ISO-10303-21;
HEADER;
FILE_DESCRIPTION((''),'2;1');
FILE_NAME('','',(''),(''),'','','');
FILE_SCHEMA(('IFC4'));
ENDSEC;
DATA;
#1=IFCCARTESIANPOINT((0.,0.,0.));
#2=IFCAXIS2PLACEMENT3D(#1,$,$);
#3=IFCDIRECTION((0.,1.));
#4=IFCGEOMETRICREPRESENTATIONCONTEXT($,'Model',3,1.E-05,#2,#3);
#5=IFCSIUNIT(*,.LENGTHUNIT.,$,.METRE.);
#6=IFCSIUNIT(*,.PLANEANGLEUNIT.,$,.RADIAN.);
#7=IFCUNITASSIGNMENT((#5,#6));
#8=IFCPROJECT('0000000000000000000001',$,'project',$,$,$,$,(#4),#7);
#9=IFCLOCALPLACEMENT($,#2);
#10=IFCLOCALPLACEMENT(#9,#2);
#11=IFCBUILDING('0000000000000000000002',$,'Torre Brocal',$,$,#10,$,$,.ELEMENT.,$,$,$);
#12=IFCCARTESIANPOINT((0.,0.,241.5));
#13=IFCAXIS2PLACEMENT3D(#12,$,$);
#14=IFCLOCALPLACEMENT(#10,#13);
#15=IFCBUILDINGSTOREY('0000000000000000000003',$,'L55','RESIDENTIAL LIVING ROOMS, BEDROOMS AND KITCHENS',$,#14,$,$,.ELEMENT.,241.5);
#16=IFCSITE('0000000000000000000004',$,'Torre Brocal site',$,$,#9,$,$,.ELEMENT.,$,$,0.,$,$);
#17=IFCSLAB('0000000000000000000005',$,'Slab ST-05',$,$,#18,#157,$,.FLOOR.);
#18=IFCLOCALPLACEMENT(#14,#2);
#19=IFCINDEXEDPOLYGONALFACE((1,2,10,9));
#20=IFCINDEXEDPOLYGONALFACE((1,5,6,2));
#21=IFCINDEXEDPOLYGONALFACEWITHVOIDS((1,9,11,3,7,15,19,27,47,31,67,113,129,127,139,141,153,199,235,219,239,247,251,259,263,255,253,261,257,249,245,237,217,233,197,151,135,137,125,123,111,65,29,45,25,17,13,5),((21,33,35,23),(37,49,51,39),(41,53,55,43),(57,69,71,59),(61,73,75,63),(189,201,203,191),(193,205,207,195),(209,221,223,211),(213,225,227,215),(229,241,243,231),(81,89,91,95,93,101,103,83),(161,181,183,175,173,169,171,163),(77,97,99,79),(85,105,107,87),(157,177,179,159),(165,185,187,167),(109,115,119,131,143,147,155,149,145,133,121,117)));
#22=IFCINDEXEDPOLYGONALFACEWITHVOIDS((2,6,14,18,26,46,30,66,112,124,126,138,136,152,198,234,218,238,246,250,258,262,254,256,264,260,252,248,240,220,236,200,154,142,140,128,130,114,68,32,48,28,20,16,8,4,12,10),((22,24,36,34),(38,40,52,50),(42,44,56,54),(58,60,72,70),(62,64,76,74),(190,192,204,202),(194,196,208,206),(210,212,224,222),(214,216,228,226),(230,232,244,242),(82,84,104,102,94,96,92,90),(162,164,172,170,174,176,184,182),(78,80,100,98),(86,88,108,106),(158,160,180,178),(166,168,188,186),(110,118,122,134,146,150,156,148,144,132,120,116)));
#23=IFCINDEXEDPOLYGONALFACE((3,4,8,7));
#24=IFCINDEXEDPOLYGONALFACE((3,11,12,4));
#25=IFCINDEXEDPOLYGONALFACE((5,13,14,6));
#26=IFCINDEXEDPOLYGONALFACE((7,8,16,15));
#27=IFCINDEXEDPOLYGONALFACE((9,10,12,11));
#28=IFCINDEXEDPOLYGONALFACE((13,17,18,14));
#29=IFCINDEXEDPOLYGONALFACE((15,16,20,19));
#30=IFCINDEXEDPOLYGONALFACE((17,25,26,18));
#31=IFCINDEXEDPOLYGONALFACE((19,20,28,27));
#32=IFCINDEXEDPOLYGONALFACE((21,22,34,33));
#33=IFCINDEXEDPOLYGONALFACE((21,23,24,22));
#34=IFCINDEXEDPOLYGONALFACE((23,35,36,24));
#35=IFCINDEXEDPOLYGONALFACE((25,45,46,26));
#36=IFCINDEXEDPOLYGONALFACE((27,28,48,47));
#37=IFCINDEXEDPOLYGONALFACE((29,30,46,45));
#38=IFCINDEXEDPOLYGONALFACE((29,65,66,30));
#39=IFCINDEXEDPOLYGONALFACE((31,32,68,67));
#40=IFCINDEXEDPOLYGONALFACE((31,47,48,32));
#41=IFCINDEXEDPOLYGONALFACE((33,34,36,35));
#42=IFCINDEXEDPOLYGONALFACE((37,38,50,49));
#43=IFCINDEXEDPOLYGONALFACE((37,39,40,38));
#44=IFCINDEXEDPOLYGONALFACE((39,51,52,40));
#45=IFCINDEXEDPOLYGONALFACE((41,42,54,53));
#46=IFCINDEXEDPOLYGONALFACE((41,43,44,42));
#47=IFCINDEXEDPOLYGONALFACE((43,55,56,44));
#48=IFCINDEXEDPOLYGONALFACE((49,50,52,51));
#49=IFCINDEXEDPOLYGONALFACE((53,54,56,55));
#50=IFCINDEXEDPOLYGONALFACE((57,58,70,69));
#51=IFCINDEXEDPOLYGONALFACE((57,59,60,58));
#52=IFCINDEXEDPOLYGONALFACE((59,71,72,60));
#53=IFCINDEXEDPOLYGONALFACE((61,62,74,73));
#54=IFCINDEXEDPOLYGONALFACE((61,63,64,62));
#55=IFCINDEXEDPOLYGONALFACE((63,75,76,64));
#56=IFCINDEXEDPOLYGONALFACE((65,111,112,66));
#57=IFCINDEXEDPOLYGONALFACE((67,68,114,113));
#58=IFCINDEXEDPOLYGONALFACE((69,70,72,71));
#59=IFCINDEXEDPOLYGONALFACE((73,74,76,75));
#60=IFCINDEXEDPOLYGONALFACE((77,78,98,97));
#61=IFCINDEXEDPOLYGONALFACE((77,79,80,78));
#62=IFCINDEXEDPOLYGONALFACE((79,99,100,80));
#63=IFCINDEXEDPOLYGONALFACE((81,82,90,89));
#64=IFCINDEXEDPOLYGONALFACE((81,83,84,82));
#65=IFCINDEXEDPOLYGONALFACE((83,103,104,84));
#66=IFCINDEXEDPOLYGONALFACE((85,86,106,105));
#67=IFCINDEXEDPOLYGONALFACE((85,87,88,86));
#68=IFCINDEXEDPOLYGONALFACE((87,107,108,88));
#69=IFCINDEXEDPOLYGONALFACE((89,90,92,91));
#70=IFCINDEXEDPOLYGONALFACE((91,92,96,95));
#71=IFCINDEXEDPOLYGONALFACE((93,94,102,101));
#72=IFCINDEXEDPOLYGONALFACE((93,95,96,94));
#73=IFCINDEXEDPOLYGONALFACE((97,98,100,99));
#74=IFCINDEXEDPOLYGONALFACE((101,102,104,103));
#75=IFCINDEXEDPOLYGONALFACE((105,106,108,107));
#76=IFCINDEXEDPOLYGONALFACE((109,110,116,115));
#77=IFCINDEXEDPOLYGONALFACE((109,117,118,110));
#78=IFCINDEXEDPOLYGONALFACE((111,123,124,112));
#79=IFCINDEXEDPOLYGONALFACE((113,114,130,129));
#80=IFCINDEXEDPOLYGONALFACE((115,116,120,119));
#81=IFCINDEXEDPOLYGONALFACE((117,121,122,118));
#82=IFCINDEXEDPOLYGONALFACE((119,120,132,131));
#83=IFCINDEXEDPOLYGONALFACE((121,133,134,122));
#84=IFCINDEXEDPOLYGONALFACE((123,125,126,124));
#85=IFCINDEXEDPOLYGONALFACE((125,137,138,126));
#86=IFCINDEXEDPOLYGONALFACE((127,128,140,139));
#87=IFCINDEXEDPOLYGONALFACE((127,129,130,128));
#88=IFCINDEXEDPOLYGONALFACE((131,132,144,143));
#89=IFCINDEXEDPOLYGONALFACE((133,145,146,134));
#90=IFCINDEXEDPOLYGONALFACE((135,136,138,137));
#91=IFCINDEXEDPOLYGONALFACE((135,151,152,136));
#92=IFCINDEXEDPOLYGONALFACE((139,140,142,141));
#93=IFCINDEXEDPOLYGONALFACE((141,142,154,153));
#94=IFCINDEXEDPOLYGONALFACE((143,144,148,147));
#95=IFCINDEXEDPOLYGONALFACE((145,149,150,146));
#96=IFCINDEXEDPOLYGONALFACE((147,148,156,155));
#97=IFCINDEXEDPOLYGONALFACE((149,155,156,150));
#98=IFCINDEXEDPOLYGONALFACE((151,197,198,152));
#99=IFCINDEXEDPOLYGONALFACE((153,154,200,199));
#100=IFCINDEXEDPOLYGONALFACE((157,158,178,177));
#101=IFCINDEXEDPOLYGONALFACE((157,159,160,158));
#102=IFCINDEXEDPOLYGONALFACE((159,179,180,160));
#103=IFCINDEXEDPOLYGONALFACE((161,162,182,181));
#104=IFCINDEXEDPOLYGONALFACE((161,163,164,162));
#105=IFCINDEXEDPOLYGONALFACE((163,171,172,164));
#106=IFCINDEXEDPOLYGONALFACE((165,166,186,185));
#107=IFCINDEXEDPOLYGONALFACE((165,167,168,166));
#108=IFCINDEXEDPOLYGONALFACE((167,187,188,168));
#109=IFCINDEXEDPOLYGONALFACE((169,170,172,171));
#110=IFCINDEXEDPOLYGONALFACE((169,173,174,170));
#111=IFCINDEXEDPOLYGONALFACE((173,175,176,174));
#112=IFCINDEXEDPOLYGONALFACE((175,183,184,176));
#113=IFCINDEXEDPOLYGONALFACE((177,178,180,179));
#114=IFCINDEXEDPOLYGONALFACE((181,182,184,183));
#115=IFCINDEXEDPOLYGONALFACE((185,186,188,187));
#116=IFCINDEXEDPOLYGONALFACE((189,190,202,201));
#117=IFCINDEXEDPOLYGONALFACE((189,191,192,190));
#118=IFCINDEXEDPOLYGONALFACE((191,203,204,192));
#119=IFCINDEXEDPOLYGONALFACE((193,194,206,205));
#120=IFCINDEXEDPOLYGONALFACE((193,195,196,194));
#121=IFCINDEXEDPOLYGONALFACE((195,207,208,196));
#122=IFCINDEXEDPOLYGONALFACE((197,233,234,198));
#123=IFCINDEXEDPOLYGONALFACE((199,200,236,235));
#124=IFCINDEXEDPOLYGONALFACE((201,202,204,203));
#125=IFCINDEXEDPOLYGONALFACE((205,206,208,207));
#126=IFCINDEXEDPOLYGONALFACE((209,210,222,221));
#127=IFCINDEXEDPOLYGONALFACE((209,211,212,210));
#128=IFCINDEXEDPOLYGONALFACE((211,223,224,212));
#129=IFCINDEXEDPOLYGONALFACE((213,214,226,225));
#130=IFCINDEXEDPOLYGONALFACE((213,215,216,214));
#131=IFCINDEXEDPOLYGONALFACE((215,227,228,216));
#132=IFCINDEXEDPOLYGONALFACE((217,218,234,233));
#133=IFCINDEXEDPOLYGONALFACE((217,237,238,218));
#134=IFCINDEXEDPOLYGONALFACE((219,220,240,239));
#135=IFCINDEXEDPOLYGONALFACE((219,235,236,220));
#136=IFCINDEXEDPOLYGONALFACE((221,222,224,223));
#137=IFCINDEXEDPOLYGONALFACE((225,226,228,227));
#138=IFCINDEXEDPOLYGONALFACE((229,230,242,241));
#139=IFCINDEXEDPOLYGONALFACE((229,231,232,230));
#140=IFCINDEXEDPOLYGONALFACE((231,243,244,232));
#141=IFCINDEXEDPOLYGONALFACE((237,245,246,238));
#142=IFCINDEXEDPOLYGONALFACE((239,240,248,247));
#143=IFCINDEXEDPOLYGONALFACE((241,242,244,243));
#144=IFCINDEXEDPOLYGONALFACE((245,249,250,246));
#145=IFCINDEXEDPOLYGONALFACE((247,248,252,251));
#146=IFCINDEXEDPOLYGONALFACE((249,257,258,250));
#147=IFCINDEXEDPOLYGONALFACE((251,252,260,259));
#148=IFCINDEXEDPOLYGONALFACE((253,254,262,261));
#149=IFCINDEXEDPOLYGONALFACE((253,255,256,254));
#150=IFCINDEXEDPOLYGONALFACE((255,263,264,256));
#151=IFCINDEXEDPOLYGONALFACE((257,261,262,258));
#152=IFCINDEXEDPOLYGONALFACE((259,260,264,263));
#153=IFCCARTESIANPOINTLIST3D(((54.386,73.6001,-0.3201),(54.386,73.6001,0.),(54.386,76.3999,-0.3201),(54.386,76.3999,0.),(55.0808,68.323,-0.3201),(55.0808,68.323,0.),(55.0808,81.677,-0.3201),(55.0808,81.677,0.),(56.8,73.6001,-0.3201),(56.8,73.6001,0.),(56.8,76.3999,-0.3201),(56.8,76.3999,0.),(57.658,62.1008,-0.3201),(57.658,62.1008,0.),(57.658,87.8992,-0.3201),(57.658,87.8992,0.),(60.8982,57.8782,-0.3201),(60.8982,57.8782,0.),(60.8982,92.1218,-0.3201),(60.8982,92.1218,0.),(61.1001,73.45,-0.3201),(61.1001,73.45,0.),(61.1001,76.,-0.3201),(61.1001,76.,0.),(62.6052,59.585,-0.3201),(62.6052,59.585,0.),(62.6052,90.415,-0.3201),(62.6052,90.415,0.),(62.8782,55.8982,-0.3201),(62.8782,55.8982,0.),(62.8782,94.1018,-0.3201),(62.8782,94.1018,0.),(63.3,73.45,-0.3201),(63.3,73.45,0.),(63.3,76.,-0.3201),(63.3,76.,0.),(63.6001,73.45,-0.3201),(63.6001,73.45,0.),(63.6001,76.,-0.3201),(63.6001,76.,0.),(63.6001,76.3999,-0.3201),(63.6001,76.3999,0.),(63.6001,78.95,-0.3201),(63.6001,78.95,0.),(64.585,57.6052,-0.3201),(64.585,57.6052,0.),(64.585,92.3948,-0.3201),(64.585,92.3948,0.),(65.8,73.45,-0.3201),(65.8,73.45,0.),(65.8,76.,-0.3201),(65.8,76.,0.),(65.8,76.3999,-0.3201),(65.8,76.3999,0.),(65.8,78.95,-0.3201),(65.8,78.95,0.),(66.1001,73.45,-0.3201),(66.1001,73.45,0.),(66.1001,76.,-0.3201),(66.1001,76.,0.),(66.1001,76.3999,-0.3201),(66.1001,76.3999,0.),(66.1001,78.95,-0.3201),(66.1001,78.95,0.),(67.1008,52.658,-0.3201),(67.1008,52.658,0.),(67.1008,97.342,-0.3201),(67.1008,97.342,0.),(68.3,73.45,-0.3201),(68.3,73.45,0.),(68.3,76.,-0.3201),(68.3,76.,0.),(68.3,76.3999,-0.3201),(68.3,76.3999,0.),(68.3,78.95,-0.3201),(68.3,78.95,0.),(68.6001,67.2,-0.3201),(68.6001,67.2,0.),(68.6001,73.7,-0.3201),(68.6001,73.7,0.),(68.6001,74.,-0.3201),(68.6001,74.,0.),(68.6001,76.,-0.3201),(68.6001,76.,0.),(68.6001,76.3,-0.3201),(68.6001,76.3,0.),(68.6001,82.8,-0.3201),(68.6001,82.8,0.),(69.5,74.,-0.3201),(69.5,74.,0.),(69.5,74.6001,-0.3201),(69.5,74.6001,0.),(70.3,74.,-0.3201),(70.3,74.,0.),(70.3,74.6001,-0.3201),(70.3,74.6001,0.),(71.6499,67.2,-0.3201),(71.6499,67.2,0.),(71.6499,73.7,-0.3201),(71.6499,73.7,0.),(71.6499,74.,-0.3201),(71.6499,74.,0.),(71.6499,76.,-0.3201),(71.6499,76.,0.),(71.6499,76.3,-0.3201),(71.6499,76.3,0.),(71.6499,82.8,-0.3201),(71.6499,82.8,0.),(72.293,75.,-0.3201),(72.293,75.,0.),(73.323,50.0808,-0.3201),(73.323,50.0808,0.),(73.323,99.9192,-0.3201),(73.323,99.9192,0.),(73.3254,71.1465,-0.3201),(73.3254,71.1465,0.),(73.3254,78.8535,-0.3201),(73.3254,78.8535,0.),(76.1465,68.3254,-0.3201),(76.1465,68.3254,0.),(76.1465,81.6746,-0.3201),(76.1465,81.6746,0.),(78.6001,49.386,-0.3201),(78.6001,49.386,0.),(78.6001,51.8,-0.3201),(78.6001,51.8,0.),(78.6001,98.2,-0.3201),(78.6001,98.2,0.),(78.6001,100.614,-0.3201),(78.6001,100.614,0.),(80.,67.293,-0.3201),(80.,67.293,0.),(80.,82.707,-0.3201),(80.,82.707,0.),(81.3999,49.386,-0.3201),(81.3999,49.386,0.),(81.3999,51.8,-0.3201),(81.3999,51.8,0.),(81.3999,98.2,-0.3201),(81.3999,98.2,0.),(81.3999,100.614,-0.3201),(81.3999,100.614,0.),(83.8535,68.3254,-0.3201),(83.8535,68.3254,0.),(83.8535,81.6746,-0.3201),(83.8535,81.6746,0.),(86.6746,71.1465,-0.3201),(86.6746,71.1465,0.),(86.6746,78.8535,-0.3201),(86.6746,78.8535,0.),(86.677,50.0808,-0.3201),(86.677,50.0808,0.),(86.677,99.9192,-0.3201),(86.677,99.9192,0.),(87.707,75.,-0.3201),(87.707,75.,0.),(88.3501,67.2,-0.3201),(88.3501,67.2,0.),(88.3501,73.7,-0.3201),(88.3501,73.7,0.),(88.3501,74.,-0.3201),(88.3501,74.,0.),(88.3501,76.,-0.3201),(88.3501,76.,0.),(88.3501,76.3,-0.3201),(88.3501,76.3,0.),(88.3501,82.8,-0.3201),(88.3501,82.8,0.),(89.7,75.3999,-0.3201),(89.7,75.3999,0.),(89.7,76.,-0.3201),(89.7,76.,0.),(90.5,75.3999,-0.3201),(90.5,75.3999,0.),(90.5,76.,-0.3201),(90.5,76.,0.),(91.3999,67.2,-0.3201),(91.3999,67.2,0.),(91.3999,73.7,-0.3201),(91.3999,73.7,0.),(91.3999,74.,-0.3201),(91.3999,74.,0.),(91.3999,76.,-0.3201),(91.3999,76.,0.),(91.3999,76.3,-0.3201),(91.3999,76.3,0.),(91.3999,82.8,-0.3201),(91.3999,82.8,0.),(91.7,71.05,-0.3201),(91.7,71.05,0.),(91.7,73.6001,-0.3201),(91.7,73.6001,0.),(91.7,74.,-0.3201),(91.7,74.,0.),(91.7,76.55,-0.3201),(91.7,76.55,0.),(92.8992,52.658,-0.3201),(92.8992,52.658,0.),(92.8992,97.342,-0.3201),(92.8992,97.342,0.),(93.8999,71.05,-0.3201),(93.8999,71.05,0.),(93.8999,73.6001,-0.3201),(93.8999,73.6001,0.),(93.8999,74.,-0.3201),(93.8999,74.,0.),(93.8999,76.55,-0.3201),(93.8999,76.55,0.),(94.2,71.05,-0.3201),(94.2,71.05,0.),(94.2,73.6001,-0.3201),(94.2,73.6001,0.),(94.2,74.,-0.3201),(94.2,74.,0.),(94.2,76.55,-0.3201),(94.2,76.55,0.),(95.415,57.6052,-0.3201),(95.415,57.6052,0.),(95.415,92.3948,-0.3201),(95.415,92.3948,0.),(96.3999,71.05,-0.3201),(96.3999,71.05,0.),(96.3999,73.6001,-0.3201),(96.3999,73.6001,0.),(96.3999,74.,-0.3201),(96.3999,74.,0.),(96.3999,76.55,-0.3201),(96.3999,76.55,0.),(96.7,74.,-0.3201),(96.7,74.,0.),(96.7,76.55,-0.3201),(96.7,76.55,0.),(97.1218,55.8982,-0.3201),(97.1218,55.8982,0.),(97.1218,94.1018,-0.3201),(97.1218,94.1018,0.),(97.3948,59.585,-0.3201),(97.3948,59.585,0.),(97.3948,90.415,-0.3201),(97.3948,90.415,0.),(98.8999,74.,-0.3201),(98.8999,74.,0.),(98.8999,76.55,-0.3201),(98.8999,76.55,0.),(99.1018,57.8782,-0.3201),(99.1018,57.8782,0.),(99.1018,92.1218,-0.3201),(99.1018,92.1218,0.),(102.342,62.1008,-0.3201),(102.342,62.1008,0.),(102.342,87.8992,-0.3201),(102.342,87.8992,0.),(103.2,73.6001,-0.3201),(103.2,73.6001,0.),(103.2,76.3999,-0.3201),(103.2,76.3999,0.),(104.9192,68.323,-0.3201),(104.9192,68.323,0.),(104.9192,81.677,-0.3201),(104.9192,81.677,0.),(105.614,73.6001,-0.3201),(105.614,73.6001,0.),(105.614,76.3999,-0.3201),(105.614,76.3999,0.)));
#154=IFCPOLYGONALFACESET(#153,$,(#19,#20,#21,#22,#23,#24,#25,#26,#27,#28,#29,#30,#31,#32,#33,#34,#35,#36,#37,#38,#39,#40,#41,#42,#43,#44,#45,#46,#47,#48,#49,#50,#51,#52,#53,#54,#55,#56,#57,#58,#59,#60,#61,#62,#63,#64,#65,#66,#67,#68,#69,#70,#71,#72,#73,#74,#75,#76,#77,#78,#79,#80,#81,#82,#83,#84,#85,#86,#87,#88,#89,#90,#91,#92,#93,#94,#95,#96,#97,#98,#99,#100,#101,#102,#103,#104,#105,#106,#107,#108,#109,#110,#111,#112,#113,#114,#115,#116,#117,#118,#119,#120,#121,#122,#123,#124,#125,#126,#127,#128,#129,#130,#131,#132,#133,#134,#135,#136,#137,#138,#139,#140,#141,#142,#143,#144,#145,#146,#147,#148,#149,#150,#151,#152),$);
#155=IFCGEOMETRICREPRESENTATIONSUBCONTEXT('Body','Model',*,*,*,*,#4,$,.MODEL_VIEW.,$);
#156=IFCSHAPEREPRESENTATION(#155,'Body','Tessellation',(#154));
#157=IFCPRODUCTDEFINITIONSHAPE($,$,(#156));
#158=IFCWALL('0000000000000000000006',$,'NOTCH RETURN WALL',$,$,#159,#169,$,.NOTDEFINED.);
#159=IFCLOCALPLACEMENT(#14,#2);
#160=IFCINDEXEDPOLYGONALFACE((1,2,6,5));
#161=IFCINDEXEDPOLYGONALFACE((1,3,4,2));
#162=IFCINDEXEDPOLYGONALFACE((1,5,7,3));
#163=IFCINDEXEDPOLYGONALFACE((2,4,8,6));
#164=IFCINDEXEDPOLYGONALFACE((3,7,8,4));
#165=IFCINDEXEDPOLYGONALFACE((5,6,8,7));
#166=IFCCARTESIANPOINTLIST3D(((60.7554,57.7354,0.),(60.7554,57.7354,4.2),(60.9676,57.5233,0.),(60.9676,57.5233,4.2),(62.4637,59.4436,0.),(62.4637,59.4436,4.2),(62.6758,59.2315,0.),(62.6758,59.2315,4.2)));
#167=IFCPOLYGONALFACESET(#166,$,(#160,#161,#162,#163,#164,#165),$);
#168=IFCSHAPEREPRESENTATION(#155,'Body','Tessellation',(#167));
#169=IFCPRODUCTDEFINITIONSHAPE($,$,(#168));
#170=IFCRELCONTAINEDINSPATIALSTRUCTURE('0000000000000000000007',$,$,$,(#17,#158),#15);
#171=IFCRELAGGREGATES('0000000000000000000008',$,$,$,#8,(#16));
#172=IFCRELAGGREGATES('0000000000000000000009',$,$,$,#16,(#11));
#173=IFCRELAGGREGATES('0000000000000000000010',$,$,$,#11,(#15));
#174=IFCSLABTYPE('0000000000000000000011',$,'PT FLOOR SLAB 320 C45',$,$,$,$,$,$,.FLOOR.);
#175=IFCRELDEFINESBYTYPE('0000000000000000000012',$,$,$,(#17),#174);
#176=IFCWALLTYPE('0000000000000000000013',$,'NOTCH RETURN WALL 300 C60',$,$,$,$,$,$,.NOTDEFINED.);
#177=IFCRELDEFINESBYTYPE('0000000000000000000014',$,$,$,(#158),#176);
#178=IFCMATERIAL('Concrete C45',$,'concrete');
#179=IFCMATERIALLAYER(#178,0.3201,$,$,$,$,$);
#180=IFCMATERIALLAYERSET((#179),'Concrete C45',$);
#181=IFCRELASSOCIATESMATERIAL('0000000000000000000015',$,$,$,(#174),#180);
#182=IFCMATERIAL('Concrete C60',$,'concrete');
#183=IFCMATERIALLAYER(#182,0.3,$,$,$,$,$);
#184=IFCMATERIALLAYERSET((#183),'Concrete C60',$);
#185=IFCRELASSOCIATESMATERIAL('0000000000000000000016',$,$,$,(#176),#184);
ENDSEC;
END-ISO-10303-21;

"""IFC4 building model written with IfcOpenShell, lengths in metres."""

from ifc_helpers import new_model, si_unit, direction, frame, frame_2d, origin, place, context, subcontext, project, spatial, polyline, rectangle, outline, extrude, material, layer, layer_set, type_object, element, save


model = new_model("IFC4")

# Units and contexts
model_context = context("Model", 3, precision=1e-05, world=origin(), true_north=direction((0.0, 1.0)))
body_context = subcontext(model_context, "Body", "Model", "MODEL_VIEW")
ifc_project = project(units=[si_unit("LENGTHUNIT", "METRE"), si_unit("PLANEANGLEUNIT", "RADIAN")], contexts=[model_context])

# Site, building, storey
site_placement = place(None, origin())
site = spatial("IfcSite", under=ifc_project, at=site_placement, Name="Torre Brocal site", CompositionType="ELEMENT", RefElevation=0.0)
building_placement = place(site_placement, origin())
building = spatial("IfcBuilding", under=site, at=building_placement, Name="Torre Brocal", CompositionType="ELEMENT")
storey_placement = place(building_placement, frame((0.0, 0.0, 241.5)))
storey = spatial("IfcBuildingStorey", under=building, at=storey_placement, Name="L55", Description="RESIDENTIAL LIVING ROOMS, BEDROOMS AND KITCHENS", CompositionType="ELEMENT", Elevation=241.5)

# Slab
ifc_material_1 = material(Name="Concrete C45", Category="concrete")
ifc_layer_1 = layer(ifc_material_1, 0.3201)
ifc_layer_set_1 = layer_set([ifc_layer_1], Name="Concrete C45")
slab_type_1 = type_object("IfcSlabType", Name="PT FLOOR SLAB 320 C45", PredefinedType="FLOOR", material=ifc_layer_set_1)
slab_1_placement = place(storey_placement, frame((0.0, 0.0, -0.3201)))
element("IfcSlab", 1, at=slab_1_placement, inside=storey, type_object=slab_type_1, Name="Slab ST-05", PredefinedType="FLOOR", context=body_context, shape_type="SweptSolid", body=[
    extrude(outline(polyline([(103.2, 76.3999), (103.2, 73.6001), (105.614, 73.6001), (104.9192, 68.323), (102.342, 62.1008), (99.1018, 57.8782), (97.3948, 59.585), (95.415, 57.6052), (97.1218, 55.8982), (92.8992, 52.658), (86.677, 50.0808), (81.3999, 49.386), (81.3999, 51.8), (78.6001, 51.8), (78.6001, 49.386), (73.323, 50.0808), (67.1008, 52.658), (62.8782, 55.8982), (64.585, 57.6052), (62.6052, 59.585), (60.8982, 57.8782), (57.658, 62.1008), (55.0808, 68.323), (54.386, 73.6001), (56.8, 73.6001), (56.8, 76.3999), (54.386, 76.3999), (55.0808, 81.677), (57.658, 87.8992), (60.8982, 92.1218), (62.6052, 90.415), (64.585, 92.3948), (62.8782, 94.1018), (67.1008, 97.342), (73.323, 99.9192), (78.6001, 100.614), (78.6001, 98.2), (81.3999, 98.2), (81.3999, 100.614), (86.677, 99.9192), (92.8992, 97.342), (97.1218, 94.1018), (95.415, 92.3948), (97.3948, 90.415), (99.1018, 92.1218), (102.342, 87.8992), (104.9192, 81.677), (105.614, 76.3999), (103.2, 76.3999)]), holes=[polyline([(98.8999, 76.55), (96.7, 76.55), (96.7, 74.0), (98.8999, 74.0), (98.8999, 76.55)]), polyline([(96.3999, 76.55), (94.2, 76.55), (94.2, 74.0), (96.3999, 74.0), (96.3999, 76.55)]), polyline([(96.3999, 73.6001), (94.2, 73.6001), (94.2, 71.05), (96.3999, 71.05), (96.3999, 73.6001)]), polyline([(93.8999, 76.55), (91.7, 76.55), (91.7, 74.0), (93.8999, 74.0), (93.8999, 76.55)]), polyline([(93.8999, 73.6001), (91.7, 73.6001), (91.7, 71.05), (93.8999, 71.05), (93.8999, 73.6001)]), polyline([(89.7, 76.0), (88.3501, 76.0), (88.3501, 74.0), (91.3999, 74.0), (91.3999, 76.0), (90.5, 76.0), (90.5, 75.3999), (89.7, 75.3999), (89.7, 76.0)]), polyline([(91.3999, 82.8), (88.3501, 82.8), (88.3501, 76.3), (91.3999, 76.3), (91.3999, 82.8)]), polyline([(91.3999, 73.7), (88.3501, 73.7), (88.3501, 67.2), (91.3999, 67.2), (91.3999, 73.7)]), polyline([(80.0, 82.707), (76.1465, 81.6746), (73.3254, 78.8535), (72.293, 75.0), (73.3254, 71.1465), (76.1465, 68.3254), (80.0, 67.293), (83.8535, 68.3254), (86.6746, 71.1465), (87.707, 75.0), (86.6746, 78.8535), (83.8535, 81.6746), (80.0, 82.707)]), polyline([(70.3, 74.0), (71.6499, 74.0), (71.6499, 76.0), (68.6001, 76.0), (68.6001, 74.0), (69.5, 74.0), (69.5, 74.6001), (70.3, 74.6001), (70.3, 74.0)]), polyline([(68.6001, 76.3), (71.6499, 76.3), (71.6499, 82.8), (68.6001, 82.8), (68.6001, 76.3)]), polyline([(68.6001, 67.2), (71.6499, 67.2), (71.6499, 73.7), (68.6001, 73.7), (68.6001, 67.2)]), polyline([(66.1001, 76.3999), (68.3, 76.3999), (68.3, 78.95), (66.1001, 78.95), (66.1001, 76.3999)]), polyline([(66.1001, 73.45), (68.3, 73.45), (68.3, 76.0), (66.1001, 76.0), (66.1001, 73.45)]), polyline([(63.6001, 76.3999), (65.8, 76.3999), (65.8, 78.95), (63.6001, 78.95), (63.6001, 76.3999)]), polyline([(63.6001, 73.45), (65.8, 73.45), (65.8, 76.0), (63.6001, 76.0), (63.6001, 73.45)]), polyline([(61.1001, 73.45), (63.3, 73.45), (63.3, 76.0), (61.1001, 76.0), (61.1001, 73.45)])]), origin(), (0.0, 0.0, 1.0), 0.3201),
])

# Wall
ifc_material_2 = material(Name="Concrete C60", Category="concrete")
ifc_layer_2 = layer(ifc_material_2, 0.3)
ifc_layer_set_2 = layer_set([ifc_layer_2], Name="Concrete C60")
wall_type_1 = type_object("IfcWallType", Name="NOTCH RETURN WALL 300 C60", PredefinedType="NOTDEFINED", material=ifc_layer_set_2)
for number, where, z_axis, x_axis, name in (
    (2, (62.5698, 59.3376, 0.0), (0.0, 0.0, 1.0), (-0.707107, -0.707107, 0.0), "NOTCH RETURN WALL"),
):
    element("IfcWall", number, at=place(storey_placement, frame(where, z_axis=z_axis, x_axis=x_axis)), inside=storey, type_object=wall_type_1, Name=name, PredefinedType="NOTDEFINED", context=body_context, shape_type="SweptSolid", body=[
        extrude(rectangle(XDim=2.4158, YDim=0.3, at=frame_2d((1.208, 0.0))), origin(), (0.0, 0.0, 1.0), 4.2),
    ])

save(model, "model.ifc")
